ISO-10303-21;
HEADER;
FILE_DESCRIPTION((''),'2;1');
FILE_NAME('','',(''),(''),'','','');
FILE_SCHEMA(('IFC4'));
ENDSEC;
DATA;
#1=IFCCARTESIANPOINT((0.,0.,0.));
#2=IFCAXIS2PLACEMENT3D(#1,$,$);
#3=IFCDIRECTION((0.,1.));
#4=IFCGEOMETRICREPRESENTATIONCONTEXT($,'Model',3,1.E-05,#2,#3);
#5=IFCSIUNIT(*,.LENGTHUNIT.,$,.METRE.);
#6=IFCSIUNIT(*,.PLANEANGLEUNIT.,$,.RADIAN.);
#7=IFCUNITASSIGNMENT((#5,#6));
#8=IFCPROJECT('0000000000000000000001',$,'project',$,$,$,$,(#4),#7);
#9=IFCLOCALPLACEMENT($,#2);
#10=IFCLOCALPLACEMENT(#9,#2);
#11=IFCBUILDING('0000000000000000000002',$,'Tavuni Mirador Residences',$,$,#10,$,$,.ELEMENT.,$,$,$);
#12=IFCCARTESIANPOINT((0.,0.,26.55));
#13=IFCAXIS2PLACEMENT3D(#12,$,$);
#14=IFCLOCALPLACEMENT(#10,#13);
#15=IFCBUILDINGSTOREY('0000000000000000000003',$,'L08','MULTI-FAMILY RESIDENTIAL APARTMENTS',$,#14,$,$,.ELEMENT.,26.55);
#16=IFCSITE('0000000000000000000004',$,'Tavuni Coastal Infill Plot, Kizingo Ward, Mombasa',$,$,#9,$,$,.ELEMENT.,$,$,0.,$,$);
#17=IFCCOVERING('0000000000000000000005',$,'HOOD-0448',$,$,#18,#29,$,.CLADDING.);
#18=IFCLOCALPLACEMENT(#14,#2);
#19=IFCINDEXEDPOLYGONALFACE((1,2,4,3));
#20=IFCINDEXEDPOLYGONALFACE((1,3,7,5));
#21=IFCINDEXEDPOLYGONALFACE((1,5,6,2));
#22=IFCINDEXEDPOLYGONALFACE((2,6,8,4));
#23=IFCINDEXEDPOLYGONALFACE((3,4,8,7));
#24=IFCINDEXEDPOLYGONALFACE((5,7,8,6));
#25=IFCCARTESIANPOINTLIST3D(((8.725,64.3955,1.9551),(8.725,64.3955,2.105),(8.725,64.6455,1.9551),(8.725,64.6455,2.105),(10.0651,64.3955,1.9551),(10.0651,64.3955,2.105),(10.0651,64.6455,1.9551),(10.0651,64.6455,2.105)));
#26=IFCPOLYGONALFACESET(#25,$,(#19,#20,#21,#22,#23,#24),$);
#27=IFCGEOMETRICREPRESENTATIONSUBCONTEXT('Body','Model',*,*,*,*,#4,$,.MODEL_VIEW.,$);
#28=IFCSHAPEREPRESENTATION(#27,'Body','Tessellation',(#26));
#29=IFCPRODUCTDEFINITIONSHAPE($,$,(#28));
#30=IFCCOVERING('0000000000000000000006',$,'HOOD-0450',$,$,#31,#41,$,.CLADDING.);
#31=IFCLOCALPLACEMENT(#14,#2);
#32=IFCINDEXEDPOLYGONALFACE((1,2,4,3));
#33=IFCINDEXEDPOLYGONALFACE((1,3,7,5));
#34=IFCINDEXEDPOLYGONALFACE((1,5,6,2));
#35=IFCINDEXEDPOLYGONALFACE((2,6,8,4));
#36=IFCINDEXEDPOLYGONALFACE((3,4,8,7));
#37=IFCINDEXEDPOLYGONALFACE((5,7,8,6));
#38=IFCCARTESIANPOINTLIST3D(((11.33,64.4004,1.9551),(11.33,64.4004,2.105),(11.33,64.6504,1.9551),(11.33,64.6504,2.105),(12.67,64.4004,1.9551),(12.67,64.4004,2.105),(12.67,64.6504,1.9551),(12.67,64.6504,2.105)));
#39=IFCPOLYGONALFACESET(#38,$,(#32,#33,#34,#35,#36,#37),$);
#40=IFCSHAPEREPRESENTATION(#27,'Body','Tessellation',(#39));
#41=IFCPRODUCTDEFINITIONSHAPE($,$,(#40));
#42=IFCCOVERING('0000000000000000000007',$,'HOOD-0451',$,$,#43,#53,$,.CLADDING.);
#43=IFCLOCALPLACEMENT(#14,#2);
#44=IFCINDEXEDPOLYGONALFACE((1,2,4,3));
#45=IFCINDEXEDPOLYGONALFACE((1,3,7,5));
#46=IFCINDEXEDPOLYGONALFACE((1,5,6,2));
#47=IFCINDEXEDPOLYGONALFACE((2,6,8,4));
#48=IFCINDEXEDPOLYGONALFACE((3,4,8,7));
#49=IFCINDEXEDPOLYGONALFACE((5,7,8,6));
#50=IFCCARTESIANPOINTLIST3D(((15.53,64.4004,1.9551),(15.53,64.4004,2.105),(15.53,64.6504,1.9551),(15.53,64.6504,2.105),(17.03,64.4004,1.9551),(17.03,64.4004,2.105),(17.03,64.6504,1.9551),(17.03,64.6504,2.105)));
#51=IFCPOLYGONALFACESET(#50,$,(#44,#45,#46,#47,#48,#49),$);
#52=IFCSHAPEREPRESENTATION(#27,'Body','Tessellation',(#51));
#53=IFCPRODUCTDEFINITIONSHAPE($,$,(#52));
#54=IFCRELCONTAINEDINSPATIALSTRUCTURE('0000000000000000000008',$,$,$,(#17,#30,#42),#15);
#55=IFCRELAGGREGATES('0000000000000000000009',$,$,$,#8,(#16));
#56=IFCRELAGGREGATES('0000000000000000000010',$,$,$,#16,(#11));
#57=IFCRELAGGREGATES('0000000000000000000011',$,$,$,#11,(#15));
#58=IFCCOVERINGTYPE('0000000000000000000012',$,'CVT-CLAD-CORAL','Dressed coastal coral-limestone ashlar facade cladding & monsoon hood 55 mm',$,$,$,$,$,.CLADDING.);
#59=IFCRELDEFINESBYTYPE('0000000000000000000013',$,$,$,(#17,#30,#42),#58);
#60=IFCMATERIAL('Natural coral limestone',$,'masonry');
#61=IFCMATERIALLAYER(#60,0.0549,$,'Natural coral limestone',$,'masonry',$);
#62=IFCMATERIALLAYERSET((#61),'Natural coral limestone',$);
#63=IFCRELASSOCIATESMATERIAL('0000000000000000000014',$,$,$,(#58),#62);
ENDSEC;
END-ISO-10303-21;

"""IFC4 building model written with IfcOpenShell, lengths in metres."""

from ifc_helpers import new_model, si_unit, direction, frame, origin, origin_2d, place, context, subcontext, project, spatial, rectangle, extrude, material, layer, layer_set, type_object, element, save


model = new_model("IFC4")

# Units and contexts
model_context = context("Model", 3, precision=1e-05, world=origin(), true_north=direction((0.0, 1.0)))
body_context = subcontext(model_context, "Body", "Model", "MODEL_VIEW")
ifc_project = project(units=[si_unit("LENGTHUNIT", "METRE"), si_unit("PLANEANGLEUNIT", "RADIAN")], contexts=[model_context])

# Site, building, storey
site_placement = place(None, origin())
site = spatial("IfcSite", under=ifc_project, at=site_placement, Name="Tavuni Coastal Infill Plot, Kizingo Ward, Mombasa", CompositionType="ELEMENT", RefElevation=0.0)
building_placement = place(site_placement, origin())
building = spatial("IfcBuilding", under=site, at=building_placement, Name="Tavuni Mirador Residences", CompositionType="ELEMENT")
storey_placement = place(building_placement, frame((0.0, 0.0, 26.55)))
storey = spatial("IfcBuildingStorey", under=building, at=storey_placement, Name="L08", Description="MULTI-FAMILY RESIDENTIAL APARTMENTS", CompositionType="ELEMENT", Elevation=26.55)

# Coverings
ifc_material_1 = material(Name="Natural coral limestone", Category="masonry")
ifc_layer_1 = layer(ifc_material_1, 0.0549, Name="Natural coral limestone", Category="masonry")
ifc_layer_set_1 = layer_set([ifc_layer_1], Name="Natural coral limestone")
covering_type = type_object("IfcCoveringType", Name="CVT-CLAD-CORAL", Description="Dressed coastal coral-limestone ashlar facade cladding & monsoon hood 55 mm", PredefinedType="CLADDING", material=ifc_layer_set_1)
for number, where, z_axis, x_axis, name in (
    (1, (9.395, 64.5205, 1.9551), (0.0, 0.0, 1.0), (1.0, 0.0, 0.0), "HOOD-0448"),
    (2, (12.0, 64.5254, 1.9551), (0.0, 0.0, 1.0), (1.0, 0.0, 0.0), "HOOD-0450"),
):
    element("IfcCovering", number, at=place(storey_placement, frame(where, z_axis=z_axis, x_axis=x_axis)), inside=storey, type_object=covering_type, Name=name, PredefinedType="CLADDING", context=body_context, shape_type="SweptSolid", body=[
        extrude(rectangle(XDim=1.3401, YDim=0.25, at=origin_2d()), origin(), (0.0, 0.0, 1.0), 0.1499),
    ])
covering_1_placement = place(storey_placement, frame((16.28, 64.5254, 1.9551), z_axis=(0.0, 0.0, 1.0), x_axis=(1.0, 0.0, 0.0)))
element("IfcCovering", 3, at=covering_1_placement, inside=storey, type_object=covering_type, Name="HOOD-0451", PredefinedType="CLADDING", context=body_context, shape_type="SweptSolid", body=[
    extrude(rectangle(XDim=1.5, YDim=0.25, at=origin_2d()), origin(), (0.0, 0.0, 1.0), 0.1499),
])

save(model, "model.ifc")
